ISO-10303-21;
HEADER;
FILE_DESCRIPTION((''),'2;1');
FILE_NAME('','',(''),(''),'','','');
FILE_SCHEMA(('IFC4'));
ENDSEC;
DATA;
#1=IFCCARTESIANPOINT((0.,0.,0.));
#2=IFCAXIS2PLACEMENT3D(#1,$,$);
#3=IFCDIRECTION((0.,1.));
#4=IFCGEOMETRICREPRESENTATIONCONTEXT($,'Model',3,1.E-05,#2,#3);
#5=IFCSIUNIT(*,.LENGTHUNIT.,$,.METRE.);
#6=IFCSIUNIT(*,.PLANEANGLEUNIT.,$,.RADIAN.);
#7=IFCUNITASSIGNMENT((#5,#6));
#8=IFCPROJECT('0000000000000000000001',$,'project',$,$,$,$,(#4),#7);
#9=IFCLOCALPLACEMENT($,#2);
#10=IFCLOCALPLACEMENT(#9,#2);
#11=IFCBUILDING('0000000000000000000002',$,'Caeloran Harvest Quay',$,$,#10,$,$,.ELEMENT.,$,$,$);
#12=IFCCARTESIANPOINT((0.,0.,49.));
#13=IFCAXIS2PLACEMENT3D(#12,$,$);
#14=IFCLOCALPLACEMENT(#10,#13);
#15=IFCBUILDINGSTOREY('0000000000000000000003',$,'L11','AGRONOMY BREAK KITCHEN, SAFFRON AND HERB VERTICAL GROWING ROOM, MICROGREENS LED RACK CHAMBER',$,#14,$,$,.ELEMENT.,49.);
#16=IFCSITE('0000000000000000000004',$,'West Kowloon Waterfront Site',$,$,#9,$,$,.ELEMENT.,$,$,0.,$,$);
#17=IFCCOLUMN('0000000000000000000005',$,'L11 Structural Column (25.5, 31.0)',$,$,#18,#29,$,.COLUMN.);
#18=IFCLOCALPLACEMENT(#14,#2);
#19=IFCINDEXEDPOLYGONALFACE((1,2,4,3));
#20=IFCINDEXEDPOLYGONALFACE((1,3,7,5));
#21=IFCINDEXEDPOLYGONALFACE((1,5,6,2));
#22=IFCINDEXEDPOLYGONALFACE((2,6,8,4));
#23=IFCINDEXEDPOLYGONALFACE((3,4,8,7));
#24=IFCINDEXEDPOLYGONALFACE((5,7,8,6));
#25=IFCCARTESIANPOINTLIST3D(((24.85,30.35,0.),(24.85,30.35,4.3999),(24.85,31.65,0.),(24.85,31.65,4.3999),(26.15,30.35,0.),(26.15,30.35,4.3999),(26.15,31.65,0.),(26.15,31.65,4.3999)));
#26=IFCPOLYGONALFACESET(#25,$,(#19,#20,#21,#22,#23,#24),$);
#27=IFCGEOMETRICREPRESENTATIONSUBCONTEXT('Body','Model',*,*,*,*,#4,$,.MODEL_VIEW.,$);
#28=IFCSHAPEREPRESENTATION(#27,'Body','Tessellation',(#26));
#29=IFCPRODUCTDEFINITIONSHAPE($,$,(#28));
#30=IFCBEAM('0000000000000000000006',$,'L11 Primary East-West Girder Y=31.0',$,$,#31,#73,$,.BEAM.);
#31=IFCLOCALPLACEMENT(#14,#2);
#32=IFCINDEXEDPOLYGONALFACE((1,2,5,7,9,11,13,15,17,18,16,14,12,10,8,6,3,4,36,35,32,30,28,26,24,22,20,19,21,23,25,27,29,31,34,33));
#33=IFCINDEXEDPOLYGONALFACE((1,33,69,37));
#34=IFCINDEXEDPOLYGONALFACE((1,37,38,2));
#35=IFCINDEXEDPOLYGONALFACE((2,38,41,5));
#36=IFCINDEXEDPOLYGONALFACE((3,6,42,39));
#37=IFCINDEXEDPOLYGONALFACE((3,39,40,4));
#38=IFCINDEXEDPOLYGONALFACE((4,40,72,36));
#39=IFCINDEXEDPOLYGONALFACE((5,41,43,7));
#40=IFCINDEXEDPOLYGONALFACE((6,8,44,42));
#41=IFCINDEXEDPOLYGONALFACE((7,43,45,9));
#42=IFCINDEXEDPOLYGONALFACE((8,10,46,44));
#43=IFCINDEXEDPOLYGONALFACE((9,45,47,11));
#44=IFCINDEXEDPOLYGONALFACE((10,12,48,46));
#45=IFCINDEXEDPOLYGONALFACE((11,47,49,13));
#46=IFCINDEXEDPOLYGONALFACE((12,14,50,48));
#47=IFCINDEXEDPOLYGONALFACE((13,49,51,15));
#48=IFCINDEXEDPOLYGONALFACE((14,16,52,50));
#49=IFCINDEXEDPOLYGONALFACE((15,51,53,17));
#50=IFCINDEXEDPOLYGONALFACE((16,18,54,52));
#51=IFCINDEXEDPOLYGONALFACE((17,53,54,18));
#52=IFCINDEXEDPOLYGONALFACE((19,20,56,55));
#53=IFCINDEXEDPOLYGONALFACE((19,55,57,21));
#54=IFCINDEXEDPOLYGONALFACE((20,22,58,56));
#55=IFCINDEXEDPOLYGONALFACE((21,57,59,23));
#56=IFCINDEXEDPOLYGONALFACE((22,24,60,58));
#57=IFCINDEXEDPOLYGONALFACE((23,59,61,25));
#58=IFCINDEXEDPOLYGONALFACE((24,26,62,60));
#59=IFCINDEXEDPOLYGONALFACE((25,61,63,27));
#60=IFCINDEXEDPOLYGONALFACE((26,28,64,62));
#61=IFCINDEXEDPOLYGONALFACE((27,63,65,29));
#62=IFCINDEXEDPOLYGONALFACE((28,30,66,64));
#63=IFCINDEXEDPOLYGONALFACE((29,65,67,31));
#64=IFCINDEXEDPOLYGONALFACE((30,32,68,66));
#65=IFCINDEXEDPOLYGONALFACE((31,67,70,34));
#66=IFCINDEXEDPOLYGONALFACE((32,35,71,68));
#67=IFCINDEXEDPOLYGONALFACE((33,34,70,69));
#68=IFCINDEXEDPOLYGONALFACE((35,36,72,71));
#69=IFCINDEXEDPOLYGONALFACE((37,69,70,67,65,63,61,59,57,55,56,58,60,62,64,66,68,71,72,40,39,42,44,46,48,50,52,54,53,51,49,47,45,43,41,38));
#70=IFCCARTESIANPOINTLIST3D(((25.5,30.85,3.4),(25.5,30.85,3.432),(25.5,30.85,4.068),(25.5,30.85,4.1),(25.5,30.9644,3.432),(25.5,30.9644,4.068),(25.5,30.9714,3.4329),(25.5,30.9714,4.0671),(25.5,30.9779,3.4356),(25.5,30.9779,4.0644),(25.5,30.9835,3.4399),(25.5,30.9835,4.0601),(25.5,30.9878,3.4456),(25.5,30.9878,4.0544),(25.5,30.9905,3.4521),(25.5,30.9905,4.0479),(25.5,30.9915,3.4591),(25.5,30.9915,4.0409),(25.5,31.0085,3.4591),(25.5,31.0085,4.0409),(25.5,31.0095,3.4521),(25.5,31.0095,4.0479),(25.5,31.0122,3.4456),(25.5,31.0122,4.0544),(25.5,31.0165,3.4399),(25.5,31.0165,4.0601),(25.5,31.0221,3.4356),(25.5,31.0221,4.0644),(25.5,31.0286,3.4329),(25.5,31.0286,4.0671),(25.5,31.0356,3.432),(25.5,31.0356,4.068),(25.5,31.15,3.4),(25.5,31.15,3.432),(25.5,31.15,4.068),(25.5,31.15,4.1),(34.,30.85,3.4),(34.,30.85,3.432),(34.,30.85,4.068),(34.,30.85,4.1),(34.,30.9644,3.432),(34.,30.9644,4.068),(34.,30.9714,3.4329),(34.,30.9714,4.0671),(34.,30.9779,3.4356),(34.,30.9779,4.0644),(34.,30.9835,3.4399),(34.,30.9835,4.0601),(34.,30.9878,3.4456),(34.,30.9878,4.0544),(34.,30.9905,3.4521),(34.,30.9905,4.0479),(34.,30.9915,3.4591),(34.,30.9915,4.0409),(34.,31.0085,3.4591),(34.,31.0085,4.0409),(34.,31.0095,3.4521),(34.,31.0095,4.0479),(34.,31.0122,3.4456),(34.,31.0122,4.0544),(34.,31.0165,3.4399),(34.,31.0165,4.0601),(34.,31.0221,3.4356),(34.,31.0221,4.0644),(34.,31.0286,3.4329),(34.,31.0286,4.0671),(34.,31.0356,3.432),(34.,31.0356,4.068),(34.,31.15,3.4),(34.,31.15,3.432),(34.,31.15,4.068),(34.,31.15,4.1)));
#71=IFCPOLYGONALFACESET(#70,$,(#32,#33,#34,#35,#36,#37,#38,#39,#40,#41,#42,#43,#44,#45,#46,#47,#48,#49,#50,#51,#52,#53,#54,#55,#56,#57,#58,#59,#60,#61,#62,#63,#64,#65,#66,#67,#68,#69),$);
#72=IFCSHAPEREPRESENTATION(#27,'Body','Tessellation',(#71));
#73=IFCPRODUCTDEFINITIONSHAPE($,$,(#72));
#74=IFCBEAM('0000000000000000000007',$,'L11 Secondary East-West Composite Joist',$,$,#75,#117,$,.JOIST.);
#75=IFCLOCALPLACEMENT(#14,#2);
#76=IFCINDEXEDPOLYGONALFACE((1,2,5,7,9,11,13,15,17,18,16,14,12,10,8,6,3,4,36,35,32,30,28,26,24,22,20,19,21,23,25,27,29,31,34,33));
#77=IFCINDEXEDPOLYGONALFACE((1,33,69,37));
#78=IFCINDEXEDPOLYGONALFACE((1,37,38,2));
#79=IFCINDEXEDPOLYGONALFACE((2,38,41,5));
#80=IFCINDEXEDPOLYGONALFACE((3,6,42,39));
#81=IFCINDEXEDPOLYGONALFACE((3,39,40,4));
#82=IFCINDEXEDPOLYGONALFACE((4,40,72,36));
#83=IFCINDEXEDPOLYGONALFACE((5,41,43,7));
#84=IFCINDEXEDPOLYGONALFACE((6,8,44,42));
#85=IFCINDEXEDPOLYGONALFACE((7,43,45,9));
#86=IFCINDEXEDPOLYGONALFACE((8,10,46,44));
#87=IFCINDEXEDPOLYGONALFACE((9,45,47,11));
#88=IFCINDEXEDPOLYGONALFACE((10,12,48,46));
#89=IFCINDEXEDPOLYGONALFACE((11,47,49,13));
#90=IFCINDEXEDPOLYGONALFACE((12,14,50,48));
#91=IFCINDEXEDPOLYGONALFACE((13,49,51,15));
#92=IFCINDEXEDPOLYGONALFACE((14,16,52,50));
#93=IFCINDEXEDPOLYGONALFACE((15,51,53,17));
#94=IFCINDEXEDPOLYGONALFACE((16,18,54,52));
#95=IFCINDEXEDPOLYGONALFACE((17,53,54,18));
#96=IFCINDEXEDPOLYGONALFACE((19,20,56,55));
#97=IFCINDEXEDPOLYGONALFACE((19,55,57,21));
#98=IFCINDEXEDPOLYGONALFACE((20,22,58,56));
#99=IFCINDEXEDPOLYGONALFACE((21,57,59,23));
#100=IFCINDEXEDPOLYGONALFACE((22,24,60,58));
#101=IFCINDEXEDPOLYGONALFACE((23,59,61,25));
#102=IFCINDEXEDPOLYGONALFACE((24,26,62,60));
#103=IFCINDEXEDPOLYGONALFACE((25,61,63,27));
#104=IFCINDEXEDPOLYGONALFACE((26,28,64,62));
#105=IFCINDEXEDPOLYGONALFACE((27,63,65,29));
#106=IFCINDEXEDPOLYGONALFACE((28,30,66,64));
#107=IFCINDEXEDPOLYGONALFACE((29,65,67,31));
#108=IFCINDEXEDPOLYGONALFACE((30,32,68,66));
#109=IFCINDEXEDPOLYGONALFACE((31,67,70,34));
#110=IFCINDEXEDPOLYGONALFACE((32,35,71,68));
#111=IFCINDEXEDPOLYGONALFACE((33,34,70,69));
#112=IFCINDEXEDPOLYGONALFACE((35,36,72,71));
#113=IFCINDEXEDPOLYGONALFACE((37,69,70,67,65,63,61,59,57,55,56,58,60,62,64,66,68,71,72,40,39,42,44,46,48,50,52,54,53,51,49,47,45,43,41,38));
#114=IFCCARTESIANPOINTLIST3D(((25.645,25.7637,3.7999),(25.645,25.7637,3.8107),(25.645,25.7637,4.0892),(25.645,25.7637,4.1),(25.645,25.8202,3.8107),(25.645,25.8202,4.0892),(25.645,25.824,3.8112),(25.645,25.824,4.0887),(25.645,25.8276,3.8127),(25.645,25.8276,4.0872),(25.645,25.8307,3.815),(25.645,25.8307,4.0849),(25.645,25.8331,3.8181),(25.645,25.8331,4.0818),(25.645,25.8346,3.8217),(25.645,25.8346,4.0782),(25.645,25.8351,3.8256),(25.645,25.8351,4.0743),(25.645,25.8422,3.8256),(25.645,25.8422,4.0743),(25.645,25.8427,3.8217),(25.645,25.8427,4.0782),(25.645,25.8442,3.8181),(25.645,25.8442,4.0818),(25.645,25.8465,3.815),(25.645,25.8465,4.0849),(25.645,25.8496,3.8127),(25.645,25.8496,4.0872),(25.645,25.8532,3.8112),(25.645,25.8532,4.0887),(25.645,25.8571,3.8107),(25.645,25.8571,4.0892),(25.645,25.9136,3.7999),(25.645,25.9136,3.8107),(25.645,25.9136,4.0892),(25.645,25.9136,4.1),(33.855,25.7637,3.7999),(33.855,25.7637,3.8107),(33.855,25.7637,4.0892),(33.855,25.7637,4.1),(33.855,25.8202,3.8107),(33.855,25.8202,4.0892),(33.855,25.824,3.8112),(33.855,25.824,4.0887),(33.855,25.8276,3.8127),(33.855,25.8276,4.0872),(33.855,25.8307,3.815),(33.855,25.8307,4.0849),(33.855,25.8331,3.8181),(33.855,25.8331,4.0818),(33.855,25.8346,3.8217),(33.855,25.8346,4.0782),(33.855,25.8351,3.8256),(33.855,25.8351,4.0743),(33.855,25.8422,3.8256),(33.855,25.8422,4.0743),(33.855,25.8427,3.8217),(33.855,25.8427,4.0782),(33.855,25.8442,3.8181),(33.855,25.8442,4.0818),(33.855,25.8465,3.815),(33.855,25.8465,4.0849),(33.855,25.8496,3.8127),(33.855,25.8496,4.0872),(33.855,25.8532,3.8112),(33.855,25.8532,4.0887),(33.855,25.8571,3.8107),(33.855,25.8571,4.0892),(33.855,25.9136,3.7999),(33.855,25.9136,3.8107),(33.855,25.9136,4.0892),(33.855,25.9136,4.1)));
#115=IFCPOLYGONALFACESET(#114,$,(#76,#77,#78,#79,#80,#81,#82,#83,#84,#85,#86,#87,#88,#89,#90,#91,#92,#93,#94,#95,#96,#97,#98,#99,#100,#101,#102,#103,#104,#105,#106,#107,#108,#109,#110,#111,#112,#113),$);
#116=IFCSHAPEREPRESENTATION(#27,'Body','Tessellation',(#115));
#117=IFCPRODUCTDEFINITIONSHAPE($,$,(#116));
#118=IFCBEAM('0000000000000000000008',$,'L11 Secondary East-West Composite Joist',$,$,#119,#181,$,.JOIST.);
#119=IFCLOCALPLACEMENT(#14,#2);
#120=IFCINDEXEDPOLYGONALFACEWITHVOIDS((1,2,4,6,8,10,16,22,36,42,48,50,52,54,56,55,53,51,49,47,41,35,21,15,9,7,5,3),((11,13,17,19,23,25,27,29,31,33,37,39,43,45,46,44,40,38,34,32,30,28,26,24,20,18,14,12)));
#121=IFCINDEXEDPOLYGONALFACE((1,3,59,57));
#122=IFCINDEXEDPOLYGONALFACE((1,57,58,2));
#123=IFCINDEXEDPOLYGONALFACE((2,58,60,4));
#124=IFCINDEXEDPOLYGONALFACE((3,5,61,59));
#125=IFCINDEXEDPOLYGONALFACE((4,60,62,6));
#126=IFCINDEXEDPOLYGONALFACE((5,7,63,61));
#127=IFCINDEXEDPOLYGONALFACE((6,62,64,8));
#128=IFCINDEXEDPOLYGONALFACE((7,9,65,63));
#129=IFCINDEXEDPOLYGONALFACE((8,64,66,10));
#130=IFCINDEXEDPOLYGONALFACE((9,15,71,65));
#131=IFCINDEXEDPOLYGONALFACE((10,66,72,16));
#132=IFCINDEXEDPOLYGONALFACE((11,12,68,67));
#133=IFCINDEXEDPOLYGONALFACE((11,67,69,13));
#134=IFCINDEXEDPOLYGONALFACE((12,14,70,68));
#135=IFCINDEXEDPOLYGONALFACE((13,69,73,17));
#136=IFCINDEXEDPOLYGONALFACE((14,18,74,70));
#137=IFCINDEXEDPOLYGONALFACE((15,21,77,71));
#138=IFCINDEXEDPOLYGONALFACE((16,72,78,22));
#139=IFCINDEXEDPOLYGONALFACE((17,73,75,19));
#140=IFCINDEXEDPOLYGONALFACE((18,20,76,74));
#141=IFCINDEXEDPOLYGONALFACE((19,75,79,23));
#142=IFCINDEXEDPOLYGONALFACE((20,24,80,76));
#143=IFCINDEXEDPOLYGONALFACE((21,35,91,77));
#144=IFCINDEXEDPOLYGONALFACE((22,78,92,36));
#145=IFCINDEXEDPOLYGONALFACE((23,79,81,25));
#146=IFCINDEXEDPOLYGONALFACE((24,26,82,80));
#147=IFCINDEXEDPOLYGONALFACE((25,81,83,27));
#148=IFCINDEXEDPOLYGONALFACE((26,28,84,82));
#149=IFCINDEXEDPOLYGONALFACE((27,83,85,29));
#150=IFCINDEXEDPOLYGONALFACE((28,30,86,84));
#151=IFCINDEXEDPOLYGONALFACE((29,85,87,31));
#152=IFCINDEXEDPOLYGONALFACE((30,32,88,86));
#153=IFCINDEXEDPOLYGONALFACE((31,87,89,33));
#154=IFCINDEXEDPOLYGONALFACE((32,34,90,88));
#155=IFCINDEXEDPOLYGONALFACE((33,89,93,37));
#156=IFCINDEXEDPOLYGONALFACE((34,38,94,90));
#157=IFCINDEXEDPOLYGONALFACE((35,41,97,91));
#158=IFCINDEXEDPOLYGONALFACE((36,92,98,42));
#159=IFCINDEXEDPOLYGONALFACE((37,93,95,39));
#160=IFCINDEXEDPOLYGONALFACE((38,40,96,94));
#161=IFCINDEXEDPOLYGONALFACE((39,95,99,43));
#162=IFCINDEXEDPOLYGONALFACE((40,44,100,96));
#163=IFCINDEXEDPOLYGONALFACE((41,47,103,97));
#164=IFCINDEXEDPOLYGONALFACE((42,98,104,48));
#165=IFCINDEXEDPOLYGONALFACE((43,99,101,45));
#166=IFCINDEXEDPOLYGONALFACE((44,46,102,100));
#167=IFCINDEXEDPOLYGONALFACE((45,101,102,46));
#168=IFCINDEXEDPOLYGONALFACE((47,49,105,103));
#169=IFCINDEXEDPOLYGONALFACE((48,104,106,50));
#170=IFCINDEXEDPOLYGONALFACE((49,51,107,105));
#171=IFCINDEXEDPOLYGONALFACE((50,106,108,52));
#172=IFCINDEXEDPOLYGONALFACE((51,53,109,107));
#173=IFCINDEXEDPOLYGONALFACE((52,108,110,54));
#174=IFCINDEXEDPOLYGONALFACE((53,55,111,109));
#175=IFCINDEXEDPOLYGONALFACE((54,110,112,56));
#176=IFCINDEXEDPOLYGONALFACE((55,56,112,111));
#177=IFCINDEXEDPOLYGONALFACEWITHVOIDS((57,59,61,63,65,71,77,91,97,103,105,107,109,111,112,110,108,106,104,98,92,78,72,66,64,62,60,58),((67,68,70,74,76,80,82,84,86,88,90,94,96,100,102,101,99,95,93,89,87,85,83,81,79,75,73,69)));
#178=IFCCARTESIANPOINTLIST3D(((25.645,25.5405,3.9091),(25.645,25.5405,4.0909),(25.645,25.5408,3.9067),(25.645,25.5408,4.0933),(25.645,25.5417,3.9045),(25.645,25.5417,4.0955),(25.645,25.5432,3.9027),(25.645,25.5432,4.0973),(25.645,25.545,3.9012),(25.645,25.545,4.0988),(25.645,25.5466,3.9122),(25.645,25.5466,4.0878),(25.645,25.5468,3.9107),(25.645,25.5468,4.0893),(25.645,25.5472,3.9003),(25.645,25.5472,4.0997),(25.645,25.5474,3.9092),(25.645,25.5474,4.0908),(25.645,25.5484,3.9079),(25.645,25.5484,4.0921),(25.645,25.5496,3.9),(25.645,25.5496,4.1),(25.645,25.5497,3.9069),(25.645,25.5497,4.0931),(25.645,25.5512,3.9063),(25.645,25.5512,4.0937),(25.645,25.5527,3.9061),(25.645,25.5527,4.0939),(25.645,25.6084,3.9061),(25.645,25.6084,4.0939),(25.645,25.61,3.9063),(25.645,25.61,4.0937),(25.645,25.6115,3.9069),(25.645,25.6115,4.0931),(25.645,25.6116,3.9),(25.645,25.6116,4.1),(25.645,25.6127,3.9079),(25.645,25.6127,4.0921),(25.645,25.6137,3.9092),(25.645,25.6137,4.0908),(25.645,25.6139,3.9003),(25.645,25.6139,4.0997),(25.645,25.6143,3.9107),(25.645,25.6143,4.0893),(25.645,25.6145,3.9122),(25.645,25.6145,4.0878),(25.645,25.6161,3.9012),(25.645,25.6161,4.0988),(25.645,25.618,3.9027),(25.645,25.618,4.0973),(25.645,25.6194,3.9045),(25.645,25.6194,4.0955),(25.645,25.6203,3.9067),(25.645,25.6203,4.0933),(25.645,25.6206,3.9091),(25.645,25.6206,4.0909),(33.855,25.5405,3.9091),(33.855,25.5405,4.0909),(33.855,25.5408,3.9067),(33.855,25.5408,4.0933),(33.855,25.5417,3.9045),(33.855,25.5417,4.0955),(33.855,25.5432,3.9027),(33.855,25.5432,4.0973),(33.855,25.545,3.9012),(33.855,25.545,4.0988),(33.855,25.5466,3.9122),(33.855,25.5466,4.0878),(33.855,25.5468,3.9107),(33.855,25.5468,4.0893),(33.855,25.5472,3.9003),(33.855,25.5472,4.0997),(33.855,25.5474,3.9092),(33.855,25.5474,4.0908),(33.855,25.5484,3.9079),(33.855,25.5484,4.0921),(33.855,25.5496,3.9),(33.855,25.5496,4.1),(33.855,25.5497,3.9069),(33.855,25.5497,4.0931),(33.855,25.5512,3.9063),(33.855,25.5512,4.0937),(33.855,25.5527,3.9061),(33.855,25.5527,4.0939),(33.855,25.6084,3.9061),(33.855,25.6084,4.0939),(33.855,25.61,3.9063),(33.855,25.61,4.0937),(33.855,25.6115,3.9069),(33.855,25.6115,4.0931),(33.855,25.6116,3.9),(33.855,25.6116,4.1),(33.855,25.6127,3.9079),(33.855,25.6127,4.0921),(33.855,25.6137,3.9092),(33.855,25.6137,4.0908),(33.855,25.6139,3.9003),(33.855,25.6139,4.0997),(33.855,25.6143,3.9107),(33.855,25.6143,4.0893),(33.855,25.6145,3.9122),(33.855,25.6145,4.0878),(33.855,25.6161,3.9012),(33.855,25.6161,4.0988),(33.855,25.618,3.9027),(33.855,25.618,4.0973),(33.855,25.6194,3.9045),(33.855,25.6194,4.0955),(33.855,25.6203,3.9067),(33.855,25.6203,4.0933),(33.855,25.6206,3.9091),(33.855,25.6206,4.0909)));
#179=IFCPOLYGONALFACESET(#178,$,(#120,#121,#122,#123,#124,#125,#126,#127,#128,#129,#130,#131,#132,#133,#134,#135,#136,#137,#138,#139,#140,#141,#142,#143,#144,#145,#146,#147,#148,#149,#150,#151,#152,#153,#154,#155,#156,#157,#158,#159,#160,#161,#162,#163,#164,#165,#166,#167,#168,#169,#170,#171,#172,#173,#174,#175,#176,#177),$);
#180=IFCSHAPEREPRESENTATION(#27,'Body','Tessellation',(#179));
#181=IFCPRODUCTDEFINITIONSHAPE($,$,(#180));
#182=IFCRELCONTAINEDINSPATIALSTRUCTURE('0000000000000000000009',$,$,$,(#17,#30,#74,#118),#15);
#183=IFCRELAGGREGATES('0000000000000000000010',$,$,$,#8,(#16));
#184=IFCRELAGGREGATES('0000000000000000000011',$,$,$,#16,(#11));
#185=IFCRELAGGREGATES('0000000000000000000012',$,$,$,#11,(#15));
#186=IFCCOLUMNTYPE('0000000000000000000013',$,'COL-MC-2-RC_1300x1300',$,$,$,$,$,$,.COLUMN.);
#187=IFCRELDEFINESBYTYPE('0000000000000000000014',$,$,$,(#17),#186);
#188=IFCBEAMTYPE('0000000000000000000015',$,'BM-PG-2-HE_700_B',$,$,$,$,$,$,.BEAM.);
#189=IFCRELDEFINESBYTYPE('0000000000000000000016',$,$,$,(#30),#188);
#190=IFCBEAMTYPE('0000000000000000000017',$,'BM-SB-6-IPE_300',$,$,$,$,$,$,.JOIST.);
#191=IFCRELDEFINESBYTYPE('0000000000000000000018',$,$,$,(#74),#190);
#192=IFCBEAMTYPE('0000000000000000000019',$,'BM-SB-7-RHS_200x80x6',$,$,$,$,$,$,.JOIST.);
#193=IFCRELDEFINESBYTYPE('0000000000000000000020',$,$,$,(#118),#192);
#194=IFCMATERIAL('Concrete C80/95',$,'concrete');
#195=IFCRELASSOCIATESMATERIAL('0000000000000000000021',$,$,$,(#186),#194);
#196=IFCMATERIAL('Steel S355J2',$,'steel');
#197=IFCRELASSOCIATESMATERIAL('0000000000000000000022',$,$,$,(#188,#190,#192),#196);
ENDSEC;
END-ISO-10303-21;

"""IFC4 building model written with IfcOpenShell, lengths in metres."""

from ifc_helpers import new_model, si_unit, direction, frame, origin, origin_2d, place, context, subcontext, project, spatial, rectangle, hollow_rectangle, i_section, extrude, material, material_profile, profile_set, type_object, element, save


model = new_model("IFC4")

# Units and contexts
model_context = context("Model", 3, precision=1e-05, world=origin(), true_north=direction((0.0, 1.0)))
body_context = subcontext(model_context, "Body", "Model", "MODEL_VIEW")
ifc_project = project(units=[si_unit("LENGTHUNIT", "METRE"), si_unit("PLANEANGLEUNIT", "RADIAN")], contexts=[model_context])

# Site, building, storey
site_placement = place(None, origin())
site = spatial("IfcSite", under=ifc_project, at=site_placement, Name="West Kowloon Waterfront Site", CompositionType="ELEMENT", RefElevation=0.0)
building_placement = place(site_placement, origin())
building = spatial("IfcBuilding", under=site, at=building_placement, Name="Caeloran Harvest Quay", CompositionType="ELEMENT")
storey_placement = place(building_placement, frame((0.0, 0.0, 49.0)))
storey = spatial("IfcBuildingStorey", under=building, at=storey_placement, Name="L11", Description="AGRONOMY BREAK KITCHEN, SAFFRON AND HERB VERTICAL GROWING ROOM, MICROGREENS LED RACK CHAMBER", CompositionType="ELEMENT", Elevation=49.0)

# Column
ifc_material_1 = material(Name="Concrete C80/95", Category="concrete")
ifc_material_profile_1 = material_profile(ifc_material_1, rectangle(XDim=1.3, YDim=1.3, at=origin_2d()), Name="RC 1300x1300")
ifc_profile_set_1 = profile_set([ifc_material_profile_1], Name="Concrete C80/95")
column_type = type_object("IfcColumnType", Name="COL-MC-2-RC_1300x1300", PredefinedType="COLUMN", material=ifc_profile_set_1)
column_placement = place(storey_placement, frame((25.5, 31.0, 0.0), z_axis=(0.0, 0.0, 1.0), x_axis=(1.0, 0.0, 0.0)))
element("IfcColumn", 1, at=column_placement, inside=storey, type_object=column_type, Name="L11 Structural Column (25.5, 31.0)", PredefinedType="COLUMN", context=body_context, shape_type="SweptSolid", body=[
    extrude(rectangle(XDim=1.3, YDim=1.3, at=origin_2d()), origin(), (0.0, 0.0, 1.0), 4.3999),
])

# Beams
ifc_material_2 = material(Name="Steel S355J2", Category="steel")
ifc_material_profile_2 = material_profile(ifc_material_2, i_section(OverallWidth=0.3, OverallDepth=0.7, WebThickness=0.0171, FlangeThickness=0.032, FilletRadius=0.0271, at=origin_2d()), Name="HE 700 B")
ifc_profile_set_2 = profile_set([ifc_material_profile_2], Name="Steel S355J2")
beam_type_1 = type_object("IfcBeamType", Name="BM-PG-2-HE_700_B", PredefinedType="BEAM", material=ifc_profile_set_2)
beam_1_placement = place(storey_placement, frame((25.5, 31.0, 3.75), z_axis=(1.0, 0.0, 0.0), x_axis=(0.0, 1.0, 0.0)))
element("IfcBeam", 2, at=beam_1_placement, inside=storey, type_object=beam_type_1, Name="L11 Primary East-West Girder Y=31.0", PredefinedType="BEAM", context=body_context, shape_type="SweptSolid", body=[
    extrude(i_section(OverallWidth=0.3, OverallDepth=0.7, WebThickness=0.0171, FlangeThickness=0.032, FilletRadius=0.0271, at=origin_2d()), origin(), (0.0, 0.0, 1.0), 8.5),
])
ifc_material_profile_3 = material_profile(ifc_material_2, i_section(OverallWidth=0.1499, OverallDepth=0.3, WebThickness=0.0071, FlangeThickness=0.0107, FilletRadius=0.0149, at=origin_2d()), Name="IPE 300")
ifc_profile_set_3 = profile_set([ifc_material_profile_3], Name="Steel S355J2")
beam_type_2 = type_object("IfcBeamType", Name="BM-SB-6-IPE_300", PredefinedType="JOIST", material=ifc_profile_set_3)
beam_2_placement = place(storey_placement, frame((25.645, 25.8386, 3.95), z_axis=(1.0, 0.0, 0.0), x_axis=(0.0, 1.0, 0.0)))
element("IfcBeam", 3, at=beam_2_placement, inside=storey, type_object=beam_type_2, Name="L11 Secondary East-West Composite Joist", PredefinedType="JOIST", context=body_context, shape_type="SweptSolid", body=[
    extrude(i_section(OverallWidth=0.1499, OverallDepth=0.3, WebThickness=0.0071, FlangeThickness=0.0107, FilletRadius=0.0149, at=origin_2d()), origin(), (0.0, 0.0, 1.0), 8.21),
])
ifc_material_profile_4 = material_profile(ifc_material_2, hollow_rectangle(XDim=0.0801, YDim=0.2, WallThickness=0.0061, InnerFilletRadius=0.0061, OuterFilletRadius=0.009, at=origin_2d()), Name="RHS 200x80x6")
ifc_profile_set_4 = profile_set([ifc_material_profile_4], Name="Steel S355J2")
beam_type_3 = type_object("IfcBeamType", Name="BM-SB-7-RHS_200x80x6", PredefinedType="JOIST", material=ifc_profile_set_4)
for number, where, z_axis, x_axis, name in (
    (4, (25.645, 25.5806, 4.0), (1.0, 0.0, 0.0), (0.0, 1.0, 0.0), "L11 Secondary East-West Composite Joist"),
):
    element("IfcBeam", number, at=place(storey_placement, frame(where, z_axis=z_axis, x_axis=x_axis)), inside=storey, type_object=beam_type_3, Name=name, PredefinedType="JOIST", context=body_context, shape_type="SweptSolid", body=[
        extrude(hollow_rectangle(XDim=0.0801, YDim=0.2, WallThickness=0.0061, InnerFilletRadius=0.0061, OuterFilletRadius=0.009, at=origin_2d()), origin(), (0.0, 0.0, 1.0), 8.21),
    ])

save(model, "model.ifc")
